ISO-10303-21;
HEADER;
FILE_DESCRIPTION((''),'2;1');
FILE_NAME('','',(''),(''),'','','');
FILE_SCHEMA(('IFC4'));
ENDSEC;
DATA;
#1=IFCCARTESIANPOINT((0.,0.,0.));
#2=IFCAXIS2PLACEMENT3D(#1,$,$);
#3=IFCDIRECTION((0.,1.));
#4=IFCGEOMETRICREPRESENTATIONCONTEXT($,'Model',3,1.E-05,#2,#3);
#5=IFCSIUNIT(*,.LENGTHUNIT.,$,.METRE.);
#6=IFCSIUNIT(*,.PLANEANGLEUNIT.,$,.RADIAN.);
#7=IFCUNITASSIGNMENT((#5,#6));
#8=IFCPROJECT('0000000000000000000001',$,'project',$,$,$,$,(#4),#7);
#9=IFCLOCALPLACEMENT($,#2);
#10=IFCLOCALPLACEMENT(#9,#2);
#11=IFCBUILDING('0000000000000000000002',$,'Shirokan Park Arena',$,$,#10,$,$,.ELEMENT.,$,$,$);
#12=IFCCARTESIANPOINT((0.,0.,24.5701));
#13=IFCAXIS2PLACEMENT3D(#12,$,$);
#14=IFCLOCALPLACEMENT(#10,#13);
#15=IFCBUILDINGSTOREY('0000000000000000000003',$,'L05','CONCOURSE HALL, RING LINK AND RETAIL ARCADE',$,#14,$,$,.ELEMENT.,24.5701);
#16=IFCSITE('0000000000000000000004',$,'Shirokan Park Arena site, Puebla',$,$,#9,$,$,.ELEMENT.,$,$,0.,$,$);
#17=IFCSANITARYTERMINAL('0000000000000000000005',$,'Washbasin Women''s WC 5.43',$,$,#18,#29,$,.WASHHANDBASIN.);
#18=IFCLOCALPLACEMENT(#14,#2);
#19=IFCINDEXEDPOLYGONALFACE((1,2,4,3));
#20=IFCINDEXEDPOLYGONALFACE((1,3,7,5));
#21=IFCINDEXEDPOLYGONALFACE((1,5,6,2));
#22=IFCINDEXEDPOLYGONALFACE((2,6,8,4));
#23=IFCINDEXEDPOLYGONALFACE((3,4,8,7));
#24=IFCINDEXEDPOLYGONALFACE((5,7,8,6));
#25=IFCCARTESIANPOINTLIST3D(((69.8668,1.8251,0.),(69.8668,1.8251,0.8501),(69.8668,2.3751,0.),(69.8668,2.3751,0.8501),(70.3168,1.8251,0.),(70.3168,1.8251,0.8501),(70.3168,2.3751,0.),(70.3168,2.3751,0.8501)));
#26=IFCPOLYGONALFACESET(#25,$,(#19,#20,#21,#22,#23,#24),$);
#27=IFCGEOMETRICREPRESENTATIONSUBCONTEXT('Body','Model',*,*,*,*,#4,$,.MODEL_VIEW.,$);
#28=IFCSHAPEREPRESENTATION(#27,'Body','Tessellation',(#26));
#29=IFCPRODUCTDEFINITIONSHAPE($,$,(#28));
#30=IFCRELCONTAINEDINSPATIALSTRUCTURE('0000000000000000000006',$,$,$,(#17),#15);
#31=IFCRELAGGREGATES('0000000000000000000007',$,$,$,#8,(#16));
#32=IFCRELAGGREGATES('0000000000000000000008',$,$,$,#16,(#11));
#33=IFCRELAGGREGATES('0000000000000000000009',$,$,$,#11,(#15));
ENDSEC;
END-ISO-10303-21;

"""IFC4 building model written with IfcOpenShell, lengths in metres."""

from ifc_helpers import new_model, si_unit, direction, frame, origin, origin_2d, place, context, subcontext, project, spatial, rectangle, extrude, element, save


model = new_model("IFC4")

# Units and contexts
model_context = context("Model", 3, precision=1e-05, world=origin(), true_north=direction((0.0, 1.0)))
body_context = subcontext(model_context, "Body", "Model", "MODEL_VIEW")
ifc_project = project(units=[si_unit("LENGTHUNIT", "METRE"), si_unit("PLANEANGLEUNIT", "RADIAN")], contexts=[model_context])

# Site, building, storey
site_placement = place(None, origin())
site = spatial("IfcSite", under=ifc_project, at=site_placement, Name="Shirokan Park Arena site, Puebla", CompositionType="ELEMENT", RefElevation=0.0)
building_placement = place(site_placement, origin())
building = spatial("IfcBuilding", under=site, at=building_placement, Name="Shirokan Park Arena", CompositionType="ELEMENT")
storey_placement = place(building_placement, frame((0.0, 0.0, 24.5701)))
storey = spatial("IfcBuildingStorey", under=building, at=storey_placement, Name="L05", Description="CONCOURSE HALL, RING LINK AND RETAIL ARCADE", CompositionType="ELEMENT", Elevation=24.5701)

# Sanitary terminal
sanitary_terminal_placement = place(storey_placement, frame((70.0918, 2.1001, 0.0), z_axis=(0.0, 0.0, 1.0), x_axis=(1.0, 0.0, 0.0)))
element("IfcSanitaryTerminal", 1, at=sanitary_terminal_placement, inside=storey, Name="Washbasin Women's WC 5.43", PredefinedType="WASHHANDBASIN", context=body_context, shape_type="SweptSolid", body=[
    extrude(rectangle(XDim=0.45, YDim=0.55, at=origin_2d()), origin(), (0.0, 0.0, 1.0), 0.8501),
])

save(model, "model.ifc")
